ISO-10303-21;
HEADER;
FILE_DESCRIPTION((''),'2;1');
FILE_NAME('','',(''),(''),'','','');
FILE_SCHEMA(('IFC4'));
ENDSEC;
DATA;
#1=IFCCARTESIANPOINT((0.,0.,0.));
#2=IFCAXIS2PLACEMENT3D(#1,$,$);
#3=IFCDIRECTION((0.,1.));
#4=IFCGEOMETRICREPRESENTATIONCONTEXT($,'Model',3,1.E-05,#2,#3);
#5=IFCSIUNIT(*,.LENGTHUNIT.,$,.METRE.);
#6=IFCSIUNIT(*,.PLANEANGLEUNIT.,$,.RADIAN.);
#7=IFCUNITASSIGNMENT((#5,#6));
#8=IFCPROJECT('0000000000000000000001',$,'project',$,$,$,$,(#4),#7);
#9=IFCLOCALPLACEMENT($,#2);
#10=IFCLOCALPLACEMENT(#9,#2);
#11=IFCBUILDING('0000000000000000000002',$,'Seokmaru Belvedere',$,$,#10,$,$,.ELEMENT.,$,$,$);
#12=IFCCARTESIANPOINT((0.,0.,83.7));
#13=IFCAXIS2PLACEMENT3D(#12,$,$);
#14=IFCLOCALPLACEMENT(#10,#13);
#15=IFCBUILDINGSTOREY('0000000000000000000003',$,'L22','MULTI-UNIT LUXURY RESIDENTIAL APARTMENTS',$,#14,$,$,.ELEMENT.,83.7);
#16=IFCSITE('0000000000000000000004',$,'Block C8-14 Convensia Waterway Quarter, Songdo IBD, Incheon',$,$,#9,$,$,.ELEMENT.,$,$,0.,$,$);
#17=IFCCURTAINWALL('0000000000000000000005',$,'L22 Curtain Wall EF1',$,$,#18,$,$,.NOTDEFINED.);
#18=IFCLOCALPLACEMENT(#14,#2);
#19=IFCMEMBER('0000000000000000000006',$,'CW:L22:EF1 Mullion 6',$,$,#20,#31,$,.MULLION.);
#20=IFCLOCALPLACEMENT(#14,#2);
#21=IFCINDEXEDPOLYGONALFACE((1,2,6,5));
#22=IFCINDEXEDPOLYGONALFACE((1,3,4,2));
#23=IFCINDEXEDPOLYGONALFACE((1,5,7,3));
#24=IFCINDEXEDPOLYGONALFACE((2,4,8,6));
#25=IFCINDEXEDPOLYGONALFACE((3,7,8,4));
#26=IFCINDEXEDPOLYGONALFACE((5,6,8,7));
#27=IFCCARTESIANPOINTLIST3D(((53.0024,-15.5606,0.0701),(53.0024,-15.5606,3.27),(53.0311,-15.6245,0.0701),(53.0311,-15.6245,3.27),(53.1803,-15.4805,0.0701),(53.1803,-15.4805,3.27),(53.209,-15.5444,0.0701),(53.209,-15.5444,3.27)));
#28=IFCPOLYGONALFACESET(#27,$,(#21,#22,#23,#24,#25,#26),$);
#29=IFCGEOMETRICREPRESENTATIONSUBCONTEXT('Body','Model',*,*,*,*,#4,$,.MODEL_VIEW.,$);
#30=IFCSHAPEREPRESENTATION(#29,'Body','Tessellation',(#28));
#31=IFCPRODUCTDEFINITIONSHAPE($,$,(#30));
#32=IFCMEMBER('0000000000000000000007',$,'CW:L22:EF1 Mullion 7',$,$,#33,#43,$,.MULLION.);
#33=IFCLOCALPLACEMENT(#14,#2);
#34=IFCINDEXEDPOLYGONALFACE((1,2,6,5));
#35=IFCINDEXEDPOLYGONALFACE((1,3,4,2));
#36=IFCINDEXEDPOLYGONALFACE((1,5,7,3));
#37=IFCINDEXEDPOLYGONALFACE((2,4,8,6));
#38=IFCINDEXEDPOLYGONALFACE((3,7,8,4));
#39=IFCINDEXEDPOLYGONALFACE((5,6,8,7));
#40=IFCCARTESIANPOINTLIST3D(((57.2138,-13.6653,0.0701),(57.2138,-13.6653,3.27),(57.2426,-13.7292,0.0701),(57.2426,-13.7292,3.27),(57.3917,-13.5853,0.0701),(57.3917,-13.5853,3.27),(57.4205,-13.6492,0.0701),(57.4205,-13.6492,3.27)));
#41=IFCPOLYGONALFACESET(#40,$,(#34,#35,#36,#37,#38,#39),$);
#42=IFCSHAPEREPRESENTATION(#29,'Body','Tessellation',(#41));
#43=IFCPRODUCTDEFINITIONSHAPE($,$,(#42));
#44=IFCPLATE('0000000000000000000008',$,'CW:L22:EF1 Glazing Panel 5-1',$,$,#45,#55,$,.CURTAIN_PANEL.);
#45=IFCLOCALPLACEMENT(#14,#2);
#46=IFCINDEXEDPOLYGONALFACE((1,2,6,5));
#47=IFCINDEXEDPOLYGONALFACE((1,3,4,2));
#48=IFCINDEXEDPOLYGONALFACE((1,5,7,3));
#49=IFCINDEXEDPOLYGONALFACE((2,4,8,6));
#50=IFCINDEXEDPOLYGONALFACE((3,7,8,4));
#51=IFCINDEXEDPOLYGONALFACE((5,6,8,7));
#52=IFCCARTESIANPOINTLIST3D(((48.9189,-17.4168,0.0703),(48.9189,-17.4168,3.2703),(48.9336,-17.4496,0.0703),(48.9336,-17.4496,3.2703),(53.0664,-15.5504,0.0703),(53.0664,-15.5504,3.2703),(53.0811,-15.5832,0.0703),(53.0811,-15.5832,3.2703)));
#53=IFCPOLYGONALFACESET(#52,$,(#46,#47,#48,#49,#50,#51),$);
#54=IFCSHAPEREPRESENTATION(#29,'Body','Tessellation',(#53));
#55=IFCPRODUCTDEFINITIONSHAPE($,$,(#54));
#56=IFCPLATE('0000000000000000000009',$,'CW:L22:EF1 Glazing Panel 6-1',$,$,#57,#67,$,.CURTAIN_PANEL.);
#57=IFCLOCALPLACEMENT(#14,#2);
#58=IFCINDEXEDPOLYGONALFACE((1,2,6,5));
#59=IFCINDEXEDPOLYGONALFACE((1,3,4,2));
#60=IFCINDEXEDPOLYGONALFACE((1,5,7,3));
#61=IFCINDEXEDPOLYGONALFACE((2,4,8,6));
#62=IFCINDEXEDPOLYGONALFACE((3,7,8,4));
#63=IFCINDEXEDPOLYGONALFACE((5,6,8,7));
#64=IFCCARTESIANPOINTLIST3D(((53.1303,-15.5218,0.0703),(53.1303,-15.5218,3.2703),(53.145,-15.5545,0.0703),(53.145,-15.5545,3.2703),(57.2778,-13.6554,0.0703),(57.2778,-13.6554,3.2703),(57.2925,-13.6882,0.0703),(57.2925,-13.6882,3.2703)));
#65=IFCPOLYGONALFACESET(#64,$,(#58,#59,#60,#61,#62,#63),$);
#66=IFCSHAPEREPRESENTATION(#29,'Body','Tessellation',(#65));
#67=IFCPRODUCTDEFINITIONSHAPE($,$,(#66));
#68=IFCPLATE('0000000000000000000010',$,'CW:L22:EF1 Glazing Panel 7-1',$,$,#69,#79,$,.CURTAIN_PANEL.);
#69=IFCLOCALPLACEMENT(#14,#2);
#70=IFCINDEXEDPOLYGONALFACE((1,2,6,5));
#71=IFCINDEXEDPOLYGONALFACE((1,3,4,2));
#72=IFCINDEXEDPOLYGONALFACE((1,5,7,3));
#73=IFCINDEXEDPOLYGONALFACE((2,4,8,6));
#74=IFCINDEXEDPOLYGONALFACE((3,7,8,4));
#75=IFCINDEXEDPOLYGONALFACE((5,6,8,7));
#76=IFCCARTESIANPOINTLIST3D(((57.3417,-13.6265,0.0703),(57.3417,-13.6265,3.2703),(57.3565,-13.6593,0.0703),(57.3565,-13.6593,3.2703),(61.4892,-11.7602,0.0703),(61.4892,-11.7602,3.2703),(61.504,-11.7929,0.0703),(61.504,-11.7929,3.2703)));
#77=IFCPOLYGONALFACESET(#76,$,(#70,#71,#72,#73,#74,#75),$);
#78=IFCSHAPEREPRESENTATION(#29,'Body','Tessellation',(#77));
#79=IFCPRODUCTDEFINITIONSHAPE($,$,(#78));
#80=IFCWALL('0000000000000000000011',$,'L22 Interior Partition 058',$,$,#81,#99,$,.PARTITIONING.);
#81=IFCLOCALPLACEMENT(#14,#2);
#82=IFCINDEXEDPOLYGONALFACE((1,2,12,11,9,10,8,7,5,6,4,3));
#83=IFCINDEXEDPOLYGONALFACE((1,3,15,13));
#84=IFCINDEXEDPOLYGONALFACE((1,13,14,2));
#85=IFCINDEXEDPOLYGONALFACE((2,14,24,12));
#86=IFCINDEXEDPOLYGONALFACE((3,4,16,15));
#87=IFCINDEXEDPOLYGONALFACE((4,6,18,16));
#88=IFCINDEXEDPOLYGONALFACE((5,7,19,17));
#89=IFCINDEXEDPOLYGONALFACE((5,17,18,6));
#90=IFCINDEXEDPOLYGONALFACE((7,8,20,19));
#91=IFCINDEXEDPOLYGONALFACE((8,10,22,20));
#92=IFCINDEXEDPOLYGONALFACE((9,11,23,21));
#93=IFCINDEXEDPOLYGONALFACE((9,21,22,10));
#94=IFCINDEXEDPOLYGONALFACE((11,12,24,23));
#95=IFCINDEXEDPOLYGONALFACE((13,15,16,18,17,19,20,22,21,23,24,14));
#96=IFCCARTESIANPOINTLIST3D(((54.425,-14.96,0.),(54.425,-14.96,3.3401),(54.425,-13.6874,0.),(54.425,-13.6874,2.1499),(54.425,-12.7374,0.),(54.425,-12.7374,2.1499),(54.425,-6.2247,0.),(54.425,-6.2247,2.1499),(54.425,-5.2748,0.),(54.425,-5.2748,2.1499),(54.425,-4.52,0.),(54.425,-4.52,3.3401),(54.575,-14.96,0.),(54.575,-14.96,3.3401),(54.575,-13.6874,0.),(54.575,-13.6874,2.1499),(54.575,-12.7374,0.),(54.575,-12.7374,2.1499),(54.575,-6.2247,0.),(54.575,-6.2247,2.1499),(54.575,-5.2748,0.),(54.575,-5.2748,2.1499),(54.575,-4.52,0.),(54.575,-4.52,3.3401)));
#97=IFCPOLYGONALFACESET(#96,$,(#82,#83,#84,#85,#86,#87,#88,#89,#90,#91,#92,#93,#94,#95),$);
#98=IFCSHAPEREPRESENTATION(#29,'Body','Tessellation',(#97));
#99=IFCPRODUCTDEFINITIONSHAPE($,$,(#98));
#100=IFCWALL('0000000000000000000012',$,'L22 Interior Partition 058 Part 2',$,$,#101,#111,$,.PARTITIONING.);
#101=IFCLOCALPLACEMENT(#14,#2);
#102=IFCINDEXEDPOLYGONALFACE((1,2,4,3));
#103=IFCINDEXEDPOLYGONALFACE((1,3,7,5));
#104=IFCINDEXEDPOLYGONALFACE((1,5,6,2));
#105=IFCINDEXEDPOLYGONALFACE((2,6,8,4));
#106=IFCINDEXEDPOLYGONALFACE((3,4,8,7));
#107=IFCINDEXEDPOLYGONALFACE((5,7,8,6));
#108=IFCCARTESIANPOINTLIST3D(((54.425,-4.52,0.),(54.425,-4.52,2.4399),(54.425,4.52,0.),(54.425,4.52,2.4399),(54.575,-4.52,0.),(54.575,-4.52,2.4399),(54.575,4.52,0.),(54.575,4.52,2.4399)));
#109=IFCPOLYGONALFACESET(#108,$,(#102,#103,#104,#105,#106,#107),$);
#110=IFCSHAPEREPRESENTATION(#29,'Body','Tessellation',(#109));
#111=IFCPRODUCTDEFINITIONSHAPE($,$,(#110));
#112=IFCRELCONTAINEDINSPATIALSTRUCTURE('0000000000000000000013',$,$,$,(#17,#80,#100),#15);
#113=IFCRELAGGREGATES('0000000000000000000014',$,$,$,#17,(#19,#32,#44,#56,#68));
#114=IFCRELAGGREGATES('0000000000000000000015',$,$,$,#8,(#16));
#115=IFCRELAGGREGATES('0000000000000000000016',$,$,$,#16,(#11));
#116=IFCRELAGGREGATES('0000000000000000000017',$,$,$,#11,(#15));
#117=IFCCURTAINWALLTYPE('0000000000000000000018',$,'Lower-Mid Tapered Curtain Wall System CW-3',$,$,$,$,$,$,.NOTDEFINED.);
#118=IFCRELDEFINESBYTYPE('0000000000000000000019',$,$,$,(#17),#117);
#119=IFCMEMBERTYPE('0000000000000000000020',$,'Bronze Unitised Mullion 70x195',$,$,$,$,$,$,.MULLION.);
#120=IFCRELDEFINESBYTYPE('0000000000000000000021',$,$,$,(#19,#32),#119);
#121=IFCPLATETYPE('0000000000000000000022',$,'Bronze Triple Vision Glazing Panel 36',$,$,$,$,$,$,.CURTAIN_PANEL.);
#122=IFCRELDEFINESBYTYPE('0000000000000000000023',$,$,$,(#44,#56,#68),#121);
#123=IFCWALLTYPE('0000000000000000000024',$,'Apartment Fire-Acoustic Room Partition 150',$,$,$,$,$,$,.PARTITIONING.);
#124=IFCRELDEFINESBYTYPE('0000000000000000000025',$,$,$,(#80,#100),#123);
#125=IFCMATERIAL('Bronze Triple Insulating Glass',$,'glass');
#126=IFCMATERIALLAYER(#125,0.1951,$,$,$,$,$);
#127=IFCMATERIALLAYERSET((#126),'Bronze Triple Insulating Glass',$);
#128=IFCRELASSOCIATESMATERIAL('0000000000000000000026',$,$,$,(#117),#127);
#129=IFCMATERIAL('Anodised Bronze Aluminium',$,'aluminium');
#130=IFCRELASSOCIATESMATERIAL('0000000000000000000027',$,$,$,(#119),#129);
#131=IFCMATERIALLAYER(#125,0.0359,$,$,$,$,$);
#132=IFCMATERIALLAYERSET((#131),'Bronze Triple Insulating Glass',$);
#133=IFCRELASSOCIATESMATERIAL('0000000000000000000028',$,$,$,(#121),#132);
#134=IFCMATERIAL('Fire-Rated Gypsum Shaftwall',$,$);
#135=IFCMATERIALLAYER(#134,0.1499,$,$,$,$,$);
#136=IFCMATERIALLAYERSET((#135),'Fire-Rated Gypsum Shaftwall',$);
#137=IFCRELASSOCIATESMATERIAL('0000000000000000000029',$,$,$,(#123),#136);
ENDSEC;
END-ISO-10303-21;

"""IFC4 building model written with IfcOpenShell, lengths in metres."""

from ifc_helpers import new_model, si_unit, direction, frame, frame_2d, origin, origin_2d, place, context, subcontext, project, spatial, rectangle, extrude, source, transform, mapped, material, layer, layer_set, material_profile, profile_set, type_object, type_shapes, element, aggregate, save


model = new_model("IFC4")

# Units and contexts
model_context = context("Model", 3, precision=1e-05, world=origin(), true_north=direction((0.0, 1.0)))
body_context = subcontext(model_context, "Body", "Model", "MODEL_VIEW")
ifc_project = project(units=[si_unit("LENGTHUNIT", "METRE"), si_unit("PLANEANGLEUNIT", "RADIAN")], contexts=[model_context])

# Site, building, storey
site_placement = place(None, origin())
site = spatial("IfcSite", under=ifc_project, at=site_placement, Name="Block C8-14 Convensia Waterway Quarter, Songdo IBD, Incheon", CompositionType="ELEMENT", RefElevation=0.0)
building_placement = place(site_placement, origin())
building = spatial("IfcBuilding", under=site, at=building_placement, Name="Seokmaru Belvedere", CompositionType="ELEMENT")
storey_placement = place(building_placement, frame((0.0, 0.0, 83.7)))
storey = spatial("IfcBuildingStorey", under=building, at=storey_placement, Name="L22", Description="MULTI-UNIT LUXURY RESIDENTIAL APARTMENTS", CompositionType="ELEMENT", Elevation=83.7)

# Curtain wall, members, plates
ifc_material_1 = material(Name="Bronze Triple Insulating Glass", Category="glass")
ifc_layer_1 = layer(ifc_material_1, 0.1951)
ifc_layer_set_1 = layer_set([ifc_layer_1], Name="Bronze Triple Insulating Glass")
curtain_wall_type = type_object("IfcCurtainWallType", Name="Lower-Mid Tapered Curtain Wall System CW-3", PredefinedType="NOTDEFINED", material=ifc_layer_set_1)
curtain_wall_placement = place(storey_placement, origin())
curtain_wall = element("IfcCurtainWall", 1, at=curtain_wall_placement, inside=storey, type_object=curtain_wall_type, Name="L22 Curtain Wall EF1", PredefinedType="NOTDEFINED")
ifc_material_2 = material(Name="Anodised Bronze Aluminium", Category="aluminium")
ifc_material_profile_1 = material_profile(ifc_material_2, rectangle(XDim=0.0701, YDim=0.1951, at=origin_2d()), Name="CW-M-70x195")
ifc_profile_set_1 = profile_set([ifc_material_profile_1], Name="Anodised Bronze Aluminium")
member_type = type_object("IfcMemberType", Name="Bronze Unitised Mullion 70x195", PredefinedType="MULLION", material=ifc_profile_set_1)
shared_shape_1 = source(origin(), body_context, "Body", "SweptSolid", [
    extrude(rectangle(XDim=0.0701, YDim=0.1951, at=origin_2d()), origin(), (0.0, 0.0, 1.0), 3.2),
])
type_shapes(member_type, [shared_shape_1])
member_1_placement = place(storey_placement, frame((53.1057, -15.5525, 0.0701), z_axis=(0.0, 0.0, 1.0), x_axis=(-0.410366, 0.911921, 0.0)))
member_1 = element("IfcMember", 2, at=member_1_placement, type_object=member_type, Name="CW:L22:EF1 Mullion 6", PredefinedType="MULLION", context=body_context, shape_type="MappedRepresentation", body=[
    mapped(shared_shape_1, transform((0.0, 0.0, 0.0), scale=1.0)),
])
member_2_placement = place(storey_placement, frame((57.3171, -13.6572, 0.0701), z_axis=(0.0, 0.0, 1.0), x_axis=(-0.410366, 0.911921, 0.0)))
member_2 = element("IfcMember", 3, at=member_2_placement, type_object=member_type, Name="CW:L22:EF1 Mullion 7", PredefinedType="MULLION", context=body_context, shape_type="MappedRepresentation", body=[
    mapped(shared_shape_1, transform((0.0, 0.0, 0.0), scale=1.0)),
])
ifc_layer_2 = layer(ifc_material_1, 0.0359)
ifc_layer_set_2 = layer_set([ifc_layer_2], Name="Bronze Triple Insulating Glass")
plate_type = type_object("IfcPlateType", Name="Bronze Triple Vision Glazing Panel 36", PredefinedType="CURTAIN_PANEL", material=ifc_layer_set_2)
shared_shape_2 = source(origin(), body_context, "Body", "SweptSolid", [
    extrude(rectangle(XDim=4.5481, YDim=0.0359, at=origin_2d()), origin(), (0.0, 0.0, 1.0), 3.2),
])
type_shapes(plate_type, [shared_shape_2])
plate_1_placement = place(storey_placement, frame((51.0, -16.5, 0.0703), z_axis=(0.0, 0.0, 1.0), x_axis=(0.911921, 0.410366, 0.0)))
plate_1 = element("IfcPlate", 4, at=plate_1_placement, type_object=plate_type, Name="CW:L22:EF1 Glazing Panel 5-1", PredefinedType="CURTAIN_PANEL", context=body_context, shape_type="MappedRepresentation", body=[
    mapped(shared_shape_2, transform((0.0, 0.0, 0.0), scale=1.0)),
])
plate_2_placement = place(storey_placement, frame((55.2114, -14.605, 0.0703), z_axis=(0.0, 0.0, 1.0), x_axis=(0.911921, 0.410366, 0.0)))
plate_2 = element("IfcPlate", 5, at=plate_2_placement, type_object=plate_type, Name="CW:L22:EF1 Glazing Panel 6-1", PredefinedType="CURTAIN_PANEL", context=body_context, shape_type="MappedRepresentation", body=[
    mapped(shared_shape_2, transform((0.0, 0.0, 0.0), scale=1.0)),
])
plate_3_placement = place(storey_placement, frame((59.4229, -12.7097, 0.0703), z_axis=(0.0, 0.0, 1.0), x_axis=(0.911921, 0.410366, 0.0)))
plate_3 = element("IfcPlate", 6, at=plate_3_placement, type_object=plate_type, Name="CW:L22:EF1 Glazing Panel 7-1", PredefinedType="CURTAIN_PANEL", context=body_context, shape_type="MappedRepresentation", body=[
    mapped(shared_shape_2, transform((0.0, 0.0, 0.0), scale=1.0)),
])
aggregate(curtain_wall, [member_1, member_2, plate_1, plate_2, plate_3])

# Wall, openings
ifc_material_3 = material(Name="Fire-Rated Gypsum Shaftwall")
ifc_layer_3 = layer(ifc_material_3, 0.1499)
ifc_layer_set_3 = layer_set([ifc_layer_3], Name="Fire-Rated Gypsum Shaftwall")
wall_type = type_object("IfcWallType", Name="Apartment Fire-Acoustic Room Partition 150", PredefinedType="PARTITIONING", material=ifc_layer_set_3)
wall_1_placement = place(storey_placement, frame((54.5, -14.96, 0.0), z_axis=(0.0, 0.0, 1.0), x_axis=(0.0, 1.0, 0.0)))
wall_1 = element("IfcWall", 7, at=wall_1_placement, inside=storey, type_object=wall_type, Name="L22 Interior Partition 058", PredefinedType="PARTITIONING", context=body_context, shape_type="SweptSolid", body=[
    extrude(rectangle(XDim=10.4399, YDim=0.1499, at=frame_2d((5.22, 0.0))), origin(), (0.0, 0.0, 1.0), 3.3401),
])
opening_1_placement = place(wall_1_placement, frame((1.2725, 0.0, 0.0)))
element("IfcOpeningElement", 8, at=opening_1_placement, cuts=wall_1, PredefinedType="OPENING", context=body_context, shape_type="SweptSolid", body=[
    extrude(rectangle(XDim=0.95, YDim=2.1499, at=frame_2d((0.4751, 1.075))), frame((0.0, 0.085, 0.0), z_axis=(0.0, -1.0, 0.0), x_axis=(1.0, 0.0, 0.0)), (0.0, 0.0, 1.0), 0.1699),
])
opening_2_placement = place(wall_1_placement, frame((8.7351, 0.0, 0.0)))
element("IfcOpeningElement", 9, at=opening_2_placement, cuts=wall_1, PredefinedType="OPENING", context=body_context, shape_type="SweptSolid", body=[
    extrude(rectangle(XDim=0.95, YDim=2.1499, at=frame_2d((0.4751, 1.075))), frame((0.0, 0.085, 0.0), z_axis=(0.0, -1.0, 0.0), x_axis=(1.0, 0.0, 0.0)), (0.0, 0.0, 1.0), 0.1699),
])

# Wall
wall_2_placement = place(storey_placement, frame((54.5, -4.52, 0.0), z_axis=(0.0, 0.0, 1.0), x_axis=(0.0, 1.0, 0.0)))
element("IfcWall", 10, at=wall_2_placement, inside=storey, type_object=wall_type, Name="L22 Interior Partition 058 Part 2", PredefinedType="PARTITIONING", context=body_context, shape_type="SweptSolid", body=[
    extrude(rectangle(XDim=9.04, YDim=0.1499, at=frame_2d((4.52, 0.0))), origin(), (0.0, 0.0, 1.0), 2.4399),
])

save(model, "model.ifc")
